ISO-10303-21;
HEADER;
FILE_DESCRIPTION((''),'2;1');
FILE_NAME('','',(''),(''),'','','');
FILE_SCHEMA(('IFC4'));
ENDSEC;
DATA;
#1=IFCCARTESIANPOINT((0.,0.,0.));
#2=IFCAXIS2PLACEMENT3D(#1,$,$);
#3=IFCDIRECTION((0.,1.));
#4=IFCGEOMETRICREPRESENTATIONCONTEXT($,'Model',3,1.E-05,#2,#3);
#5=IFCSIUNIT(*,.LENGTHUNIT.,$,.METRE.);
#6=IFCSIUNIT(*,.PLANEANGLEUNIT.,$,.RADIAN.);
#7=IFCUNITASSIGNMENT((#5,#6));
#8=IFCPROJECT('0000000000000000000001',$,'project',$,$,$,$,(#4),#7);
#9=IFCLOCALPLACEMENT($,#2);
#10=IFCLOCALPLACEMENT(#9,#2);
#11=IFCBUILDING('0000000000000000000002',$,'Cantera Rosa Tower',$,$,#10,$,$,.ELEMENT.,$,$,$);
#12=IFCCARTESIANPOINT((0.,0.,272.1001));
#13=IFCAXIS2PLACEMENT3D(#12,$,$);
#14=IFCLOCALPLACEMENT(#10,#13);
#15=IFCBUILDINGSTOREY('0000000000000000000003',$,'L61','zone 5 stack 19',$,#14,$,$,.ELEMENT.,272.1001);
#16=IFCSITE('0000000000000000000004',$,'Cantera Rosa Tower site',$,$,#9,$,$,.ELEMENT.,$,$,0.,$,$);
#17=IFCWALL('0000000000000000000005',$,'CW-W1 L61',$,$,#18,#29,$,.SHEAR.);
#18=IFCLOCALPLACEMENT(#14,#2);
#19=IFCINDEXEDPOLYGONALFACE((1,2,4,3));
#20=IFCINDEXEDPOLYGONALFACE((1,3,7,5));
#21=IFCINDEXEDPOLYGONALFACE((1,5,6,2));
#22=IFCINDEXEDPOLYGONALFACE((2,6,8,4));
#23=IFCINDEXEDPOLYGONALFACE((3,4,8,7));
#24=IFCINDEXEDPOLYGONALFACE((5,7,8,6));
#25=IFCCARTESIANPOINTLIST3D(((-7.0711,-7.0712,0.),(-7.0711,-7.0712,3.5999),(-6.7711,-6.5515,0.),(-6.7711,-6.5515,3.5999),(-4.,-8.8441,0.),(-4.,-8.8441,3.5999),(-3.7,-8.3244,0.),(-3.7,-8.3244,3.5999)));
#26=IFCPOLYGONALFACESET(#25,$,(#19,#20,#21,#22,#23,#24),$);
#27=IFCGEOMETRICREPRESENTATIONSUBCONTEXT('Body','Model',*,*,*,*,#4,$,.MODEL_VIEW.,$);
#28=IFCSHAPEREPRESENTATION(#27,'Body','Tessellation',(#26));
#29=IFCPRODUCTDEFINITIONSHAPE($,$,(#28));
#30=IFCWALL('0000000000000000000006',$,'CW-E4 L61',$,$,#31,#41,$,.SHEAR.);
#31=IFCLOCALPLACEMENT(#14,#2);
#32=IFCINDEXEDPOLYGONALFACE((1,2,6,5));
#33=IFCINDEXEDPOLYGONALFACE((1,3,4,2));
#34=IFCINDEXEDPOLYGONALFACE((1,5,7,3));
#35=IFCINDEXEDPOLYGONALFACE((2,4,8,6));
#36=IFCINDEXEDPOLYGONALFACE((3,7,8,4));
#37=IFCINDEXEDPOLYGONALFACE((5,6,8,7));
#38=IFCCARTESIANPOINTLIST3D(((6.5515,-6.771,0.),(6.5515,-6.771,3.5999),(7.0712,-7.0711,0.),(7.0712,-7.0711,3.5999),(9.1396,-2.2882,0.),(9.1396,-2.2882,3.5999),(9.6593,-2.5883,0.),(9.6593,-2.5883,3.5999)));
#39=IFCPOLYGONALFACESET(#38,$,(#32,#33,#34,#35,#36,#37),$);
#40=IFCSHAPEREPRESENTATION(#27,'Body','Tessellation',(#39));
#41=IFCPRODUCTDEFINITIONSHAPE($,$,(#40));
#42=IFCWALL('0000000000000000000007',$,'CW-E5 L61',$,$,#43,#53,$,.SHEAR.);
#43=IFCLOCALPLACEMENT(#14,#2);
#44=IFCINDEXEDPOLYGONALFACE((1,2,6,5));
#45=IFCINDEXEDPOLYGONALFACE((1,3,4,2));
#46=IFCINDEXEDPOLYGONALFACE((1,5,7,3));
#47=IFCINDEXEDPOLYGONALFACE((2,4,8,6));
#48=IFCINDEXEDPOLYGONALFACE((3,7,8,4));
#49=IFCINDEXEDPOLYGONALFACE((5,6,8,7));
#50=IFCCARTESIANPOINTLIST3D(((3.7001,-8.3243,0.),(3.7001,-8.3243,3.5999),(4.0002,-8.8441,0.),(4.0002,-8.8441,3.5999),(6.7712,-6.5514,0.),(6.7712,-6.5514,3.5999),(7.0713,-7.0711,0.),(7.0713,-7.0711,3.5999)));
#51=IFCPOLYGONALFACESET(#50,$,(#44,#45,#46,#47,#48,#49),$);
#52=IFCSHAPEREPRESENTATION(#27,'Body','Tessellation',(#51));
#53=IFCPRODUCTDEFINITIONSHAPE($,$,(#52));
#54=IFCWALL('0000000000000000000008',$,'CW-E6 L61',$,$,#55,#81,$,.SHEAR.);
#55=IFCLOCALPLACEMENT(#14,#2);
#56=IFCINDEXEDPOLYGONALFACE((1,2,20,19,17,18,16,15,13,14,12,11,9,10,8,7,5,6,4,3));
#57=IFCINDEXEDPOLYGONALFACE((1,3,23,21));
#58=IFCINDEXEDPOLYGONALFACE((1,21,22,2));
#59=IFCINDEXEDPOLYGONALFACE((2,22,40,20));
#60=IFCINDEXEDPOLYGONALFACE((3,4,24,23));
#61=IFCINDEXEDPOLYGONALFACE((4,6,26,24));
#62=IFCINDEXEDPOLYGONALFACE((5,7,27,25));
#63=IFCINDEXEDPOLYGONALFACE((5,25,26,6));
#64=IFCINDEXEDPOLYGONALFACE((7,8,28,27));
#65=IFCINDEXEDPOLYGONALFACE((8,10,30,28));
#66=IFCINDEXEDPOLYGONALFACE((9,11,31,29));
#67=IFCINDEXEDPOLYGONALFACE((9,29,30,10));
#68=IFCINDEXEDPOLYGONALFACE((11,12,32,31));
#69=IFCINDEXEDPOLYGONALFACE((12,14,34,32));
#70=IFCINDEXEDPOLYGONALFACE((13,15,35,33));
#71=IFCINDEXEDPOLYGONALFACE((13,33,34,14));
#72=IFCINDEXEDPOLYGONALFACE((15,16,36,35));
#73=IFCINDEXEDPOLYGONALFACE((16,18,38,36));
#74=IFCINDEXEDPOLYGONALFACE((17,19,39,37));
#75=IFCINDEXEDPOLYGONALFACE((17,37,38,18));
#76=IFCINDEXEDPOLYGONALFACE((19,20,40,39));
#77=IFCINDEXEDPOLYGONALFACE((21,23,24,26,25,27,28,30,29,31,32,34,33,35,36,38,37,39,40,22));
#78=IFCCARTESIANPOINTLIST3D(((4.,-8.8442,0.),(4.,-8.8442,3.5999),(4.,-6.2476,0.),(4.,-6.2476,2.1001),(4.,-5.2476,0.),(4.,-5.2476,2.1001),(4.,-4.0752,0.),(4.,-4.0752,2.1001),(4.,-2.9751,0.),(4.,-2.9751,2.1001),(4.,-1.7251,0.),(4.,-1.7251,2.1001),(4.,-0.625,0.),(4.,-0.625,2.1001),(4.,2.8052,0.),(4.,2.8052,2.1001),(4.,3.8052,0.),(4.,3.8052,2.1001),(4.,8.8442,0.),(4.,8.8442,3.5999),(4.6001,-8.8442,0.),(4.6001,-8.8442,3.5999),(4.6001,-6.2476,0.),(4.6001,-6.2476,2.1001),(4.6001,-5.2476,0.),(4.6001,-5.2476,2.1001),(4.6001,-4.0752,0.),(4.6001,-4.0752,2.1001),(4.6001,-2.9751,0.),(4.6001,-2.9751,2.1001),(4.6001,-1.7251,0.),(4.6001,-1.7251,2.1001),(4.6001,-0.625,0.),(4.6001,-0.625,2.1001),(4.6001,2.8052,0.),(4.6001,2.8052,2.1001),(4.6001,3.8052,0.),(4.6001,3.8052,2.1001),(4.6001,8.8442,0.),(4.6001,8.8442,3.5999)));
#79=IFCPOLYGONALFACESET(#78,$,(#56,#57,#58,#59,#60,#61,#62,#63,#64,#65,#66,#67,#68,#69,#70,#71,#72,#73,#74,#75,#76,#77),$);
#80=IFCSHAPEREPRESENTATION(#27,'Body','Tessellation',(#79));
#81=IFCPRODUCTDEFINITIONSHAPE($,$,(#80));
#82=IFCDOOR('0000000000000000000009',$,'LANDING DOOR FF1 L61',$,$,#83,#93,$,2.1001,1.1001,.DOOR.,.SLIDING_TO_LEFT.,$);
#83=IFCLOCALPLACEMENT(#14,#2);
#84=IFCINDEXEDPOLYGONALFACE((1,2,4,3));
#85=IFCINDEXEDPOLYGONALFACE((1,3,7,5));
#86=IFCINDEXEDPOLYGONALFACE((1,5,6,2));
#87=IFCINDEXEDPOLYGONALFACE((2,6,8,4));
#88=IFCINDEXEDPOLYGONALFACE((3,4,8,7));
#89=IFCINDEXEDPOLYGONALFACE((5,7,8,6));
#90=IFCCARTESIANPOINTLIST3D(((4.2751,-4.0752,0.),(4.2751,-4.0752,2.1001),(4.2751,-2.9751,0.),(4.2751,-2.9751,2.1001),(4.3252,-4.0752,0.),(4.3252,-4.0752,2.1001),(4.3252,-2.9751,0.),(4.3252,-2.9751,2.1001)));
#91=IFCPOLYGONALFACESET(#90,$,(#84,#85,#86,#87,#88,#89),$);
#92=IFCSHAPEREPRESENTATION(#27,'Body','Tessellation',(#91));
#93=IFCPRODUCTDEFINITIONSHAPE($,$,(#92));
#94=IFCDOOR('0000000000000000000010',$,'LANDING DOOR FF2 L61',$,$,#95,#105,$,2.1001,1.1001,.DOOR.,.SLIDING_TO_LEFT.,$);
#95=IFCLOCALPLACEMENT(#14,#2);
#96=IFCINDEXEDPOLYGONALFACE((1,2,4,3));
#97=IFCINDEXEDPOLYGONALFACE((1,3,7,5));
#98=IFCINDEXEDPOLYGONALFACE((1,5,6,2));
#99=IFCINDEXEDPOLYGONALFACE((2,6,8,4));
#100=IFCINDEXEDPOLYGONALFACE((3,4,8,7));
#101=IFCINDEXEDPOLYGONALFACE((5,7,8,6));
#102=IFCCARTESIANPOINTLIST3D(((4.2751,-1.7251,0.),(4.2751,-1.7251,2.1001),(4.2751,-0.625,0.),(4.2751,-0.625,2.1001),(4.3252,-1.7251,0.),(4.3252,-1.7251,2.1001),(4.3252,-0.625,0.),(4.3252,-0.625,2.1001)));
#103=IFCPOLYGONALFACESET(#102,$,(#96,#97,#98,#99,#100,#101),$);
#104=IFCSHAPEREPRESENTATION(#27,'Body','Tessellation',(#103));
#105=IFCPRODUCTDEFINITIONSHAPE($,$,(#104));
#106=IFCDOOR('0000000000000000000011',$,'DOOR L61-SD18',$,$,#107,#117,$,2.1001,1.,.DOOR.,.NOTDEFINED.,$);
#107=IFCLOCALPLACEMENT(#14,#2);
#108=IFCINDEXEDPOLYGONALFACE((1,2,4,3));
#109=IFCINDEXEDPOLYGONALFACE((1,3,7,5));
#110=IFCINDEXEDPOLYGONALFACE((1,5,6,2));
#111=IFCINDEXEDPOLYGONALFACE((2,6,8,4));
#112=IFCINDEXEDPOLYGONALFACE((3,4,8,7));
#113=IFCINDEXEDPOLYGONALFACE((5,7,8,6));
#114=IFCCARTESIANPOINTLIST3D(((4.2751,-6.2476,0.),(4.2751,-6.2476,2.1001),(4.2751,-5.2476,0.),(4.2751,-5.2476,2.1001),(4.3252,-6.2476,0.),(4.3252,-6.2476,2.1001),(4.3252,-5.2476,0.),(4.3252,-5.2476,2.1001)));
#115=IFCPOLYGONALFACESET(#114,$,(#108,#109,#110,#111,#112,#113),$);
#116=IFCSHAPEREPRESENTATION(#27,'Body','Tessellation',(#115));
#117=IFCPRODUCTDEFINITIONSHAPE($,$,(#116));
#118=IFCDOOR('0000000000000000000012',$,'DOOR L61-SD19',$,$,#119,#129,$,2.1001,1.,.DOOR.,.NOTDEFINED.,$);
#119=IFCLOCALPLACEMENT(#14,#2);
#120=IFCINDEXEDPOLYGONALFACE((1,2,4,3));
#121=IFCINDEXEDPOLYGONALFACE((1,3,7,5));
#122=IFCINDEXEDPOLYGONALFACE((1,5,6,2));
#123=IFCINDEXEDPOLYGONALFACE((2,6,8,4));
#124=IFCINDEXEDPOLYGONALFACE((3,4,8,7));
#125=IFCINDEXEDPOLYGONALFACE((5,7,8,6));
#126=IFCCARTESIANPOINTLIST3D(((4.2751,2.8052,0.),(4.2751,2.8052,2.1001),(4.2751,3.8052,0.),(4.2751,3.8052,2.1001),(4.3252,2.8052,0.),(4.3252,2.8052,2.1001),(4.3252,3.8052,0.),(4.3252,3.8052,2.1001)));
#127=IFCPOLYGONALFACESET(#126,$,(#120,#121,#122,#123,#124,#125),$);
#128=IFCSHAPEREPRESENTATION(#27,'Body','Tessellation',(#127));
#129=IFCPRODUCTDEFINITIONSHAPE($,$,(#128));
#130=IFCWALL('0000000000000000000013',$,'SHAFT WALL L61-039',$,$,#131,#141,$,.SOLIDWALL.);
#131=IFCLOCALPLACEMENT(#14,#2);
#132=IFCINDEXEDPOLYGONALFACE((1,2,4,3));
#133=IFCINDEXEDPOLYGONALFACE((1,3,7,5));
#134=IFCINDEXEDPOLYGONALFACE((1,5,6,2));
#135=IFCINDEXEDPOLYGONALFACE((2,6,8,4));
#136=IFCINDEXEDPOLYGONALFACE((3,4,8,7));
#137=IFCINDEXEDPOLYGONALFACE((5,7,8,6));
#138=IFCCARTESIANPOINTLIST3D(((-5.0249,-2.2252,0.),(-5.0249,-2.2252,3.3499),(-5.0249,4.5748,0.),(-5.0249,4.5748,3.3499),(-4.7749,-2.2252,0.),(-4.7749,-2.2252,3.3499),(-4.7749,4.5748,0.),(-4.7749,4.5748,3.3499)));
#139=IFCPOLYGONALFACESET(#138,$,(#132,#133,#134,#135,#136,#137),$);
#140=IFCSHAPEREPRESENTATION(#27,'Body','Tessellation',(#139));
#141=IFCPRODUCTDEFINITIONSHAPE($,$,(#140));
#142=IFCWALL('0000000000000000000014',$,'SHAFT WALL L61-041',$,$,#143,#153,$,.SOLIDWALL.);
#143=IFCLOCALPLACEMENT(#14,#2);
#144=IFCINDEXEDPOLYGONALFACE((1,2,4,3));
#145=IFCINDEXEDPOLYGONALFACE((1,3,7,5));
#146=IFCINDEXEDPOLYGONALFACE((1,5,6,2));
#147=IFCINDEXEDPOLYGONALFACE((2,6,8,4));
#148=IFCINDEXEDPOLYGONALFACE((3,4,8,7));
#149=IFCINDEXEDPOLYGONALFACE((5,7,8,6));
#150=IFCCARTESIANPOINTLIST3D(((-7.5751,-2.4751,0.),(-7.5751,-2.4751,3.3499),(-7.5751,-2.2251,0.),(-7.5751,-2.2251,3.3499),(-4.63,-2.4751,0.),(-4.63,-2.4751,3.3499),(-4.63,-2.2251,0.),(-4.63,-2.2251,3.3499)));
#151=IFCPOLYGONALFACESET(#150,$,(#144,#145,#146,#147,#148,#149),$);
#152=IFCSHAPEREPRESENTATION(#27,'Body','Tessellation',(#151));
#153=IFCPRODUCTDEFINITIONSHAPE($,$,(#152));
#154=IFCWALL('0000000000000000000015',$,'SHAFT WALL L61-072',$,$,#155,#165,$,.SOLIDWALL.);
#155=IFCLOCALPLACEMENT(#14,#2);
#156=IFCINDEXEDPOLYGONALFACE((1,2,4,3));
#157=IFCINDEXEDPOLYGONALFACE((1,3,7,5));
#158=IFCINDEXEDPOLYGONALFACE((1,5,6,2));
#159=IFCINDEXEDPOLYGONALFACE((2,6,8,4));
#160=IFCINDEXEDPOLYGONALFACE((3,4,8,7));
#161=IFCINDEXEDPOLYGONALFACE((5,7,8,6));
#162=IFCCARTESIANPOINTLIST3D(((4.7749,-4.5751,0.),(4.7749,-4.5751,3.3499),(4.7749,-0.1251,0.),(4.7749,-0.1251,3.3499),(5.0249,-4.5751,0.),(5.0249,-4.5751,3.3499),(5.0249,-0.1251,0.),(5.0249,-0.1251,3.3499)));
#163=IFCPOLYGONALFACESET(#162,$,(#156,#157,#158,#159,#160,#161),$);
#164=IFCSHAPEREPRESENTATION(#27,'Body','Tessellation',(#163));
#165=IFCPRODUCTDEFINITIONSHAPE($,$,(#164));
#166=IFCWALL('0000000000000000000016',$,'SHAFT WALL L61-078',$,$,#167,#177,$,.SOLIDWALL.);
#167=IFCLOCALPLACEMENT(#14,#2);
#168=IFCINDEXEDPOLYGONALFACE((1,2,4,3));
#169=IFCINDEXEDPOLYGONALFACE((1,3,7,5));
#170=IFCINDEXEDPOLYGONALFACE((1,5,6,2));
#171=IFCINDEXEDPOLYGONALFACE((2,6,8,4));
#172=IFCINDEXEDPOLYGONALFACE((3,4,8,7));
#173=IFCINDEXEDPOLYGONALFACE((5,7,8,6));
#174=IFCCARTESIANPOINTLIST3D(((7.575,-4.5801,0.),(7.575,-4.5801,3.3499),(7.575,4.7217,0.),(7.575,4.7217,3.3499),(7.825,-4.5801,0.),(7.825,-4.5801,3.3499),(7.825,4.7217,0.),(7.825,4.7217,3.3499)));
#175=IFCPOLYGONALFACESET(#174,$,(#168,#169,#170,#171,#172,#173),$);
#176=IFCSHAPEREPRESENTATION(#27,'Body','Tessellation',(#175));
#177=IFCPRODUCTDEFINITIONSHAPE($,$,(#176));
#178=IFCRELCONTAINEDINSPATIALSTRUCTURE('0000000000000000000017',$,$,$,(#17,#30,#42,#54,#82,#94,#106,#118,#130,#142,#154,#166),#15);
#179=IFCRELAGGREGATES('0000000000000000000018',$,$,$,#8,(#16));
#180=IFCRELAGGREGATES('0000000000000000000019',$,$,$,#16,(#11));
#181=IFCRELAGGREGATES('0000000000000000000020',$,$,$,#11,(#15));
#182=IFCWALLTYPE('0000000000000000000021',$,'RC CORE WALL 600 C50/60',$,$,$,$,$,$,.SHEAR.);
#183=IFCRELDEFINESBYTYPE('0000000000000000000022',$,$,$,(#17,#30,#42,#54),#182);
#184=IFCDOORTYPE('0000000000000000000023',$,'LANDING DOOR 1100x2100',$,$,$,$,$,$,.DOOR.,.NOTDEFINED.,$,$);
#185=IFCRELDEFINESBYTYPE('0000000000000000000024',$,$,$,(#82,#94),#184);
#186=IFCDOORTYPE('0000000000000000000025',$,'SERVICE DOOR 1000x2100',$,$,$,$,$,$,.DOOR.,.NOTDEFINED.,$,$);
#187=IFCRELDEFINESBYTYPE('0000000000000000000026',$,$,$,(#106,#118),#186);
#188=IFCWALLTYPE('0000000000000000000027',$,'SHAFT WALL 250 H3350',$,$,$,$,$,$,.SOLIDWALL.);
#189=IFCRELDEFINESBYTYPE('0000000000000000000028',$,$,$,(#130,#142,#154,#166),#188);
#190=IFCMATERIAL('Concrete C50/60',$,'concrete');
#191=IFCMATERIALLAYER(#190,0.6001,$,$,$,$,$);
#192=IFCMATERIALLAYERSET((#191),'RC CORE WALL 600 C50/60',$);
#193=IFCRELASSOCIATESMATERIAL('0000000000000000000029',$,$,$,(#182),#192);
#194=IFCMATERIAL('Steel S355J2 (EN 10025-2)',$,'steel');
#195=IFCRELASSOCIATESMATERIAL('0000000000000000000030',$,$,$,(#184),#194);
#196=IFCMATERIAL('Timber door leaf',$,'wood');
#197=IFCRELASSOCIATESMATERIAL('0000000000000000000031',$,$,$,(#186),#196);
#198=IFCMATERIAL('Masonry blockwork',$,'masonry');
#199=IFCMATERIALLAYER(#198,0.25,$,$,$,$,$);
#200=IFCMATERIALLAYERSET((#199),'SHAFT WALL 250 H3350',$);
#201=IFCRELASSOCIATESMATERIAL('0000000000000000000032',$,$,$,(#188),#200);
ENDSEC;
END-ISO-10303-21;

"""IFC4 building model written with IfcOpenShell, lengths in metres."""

from ifc_helpers import new_model, si_unit, direction, frame, frame_2d, origin, place, context, subcontext, project, spatial, rectangle, extrude, material, layer, layer_set, type_object, element, fill, save


model = new_model("IFC4")

# Units and contexts
model_context = context("Model", 3, precision=1e-05, world=origin(), true_north=direction((0.0, 1.0)))
body_context = subcontext(model_context, "Body", "Model", "MODEL_VIEW")
ifc_project = project(units=[si_unit("LENGTHUNIT", "METRE"), si_unit("PLANEANGLEUNIT", "RADIAN")], contexts=[model_context])

# Site, building, storey
site_placement = place(None, origin())
site = spatial("IfcSite", under=ifc_project, at=site_placement, Name="Cantera Rosa Tower site", CompositionType="ELEMENT", RefElevation=0.0)
building_placement = place(site_placement, origin())
building = spatial("IfcBuilding", under=site, at=building_placement, Name="Cantera Rosa Tower", CompositionType="ELEMENT")
storey_placement = place(building_placement, frame((0.0, 0.0, 272.1001)))
storey = spatial("IfcBuildingStorey", under=building, at=storey_placement, Name="L61", Description="zone 5 stack 19", CompositionType="ELEMENT", Elevation=272.1001)

# Walls
ifc_material_1 = material(Name="Concrete C50/60", Category="concrete")
ifc_layer_1 = layer(ifc_material_1, 0.6001)
ifc_layer_set_1 = layer_set([ifc_layer_1], Name="RC CORE WALL 600 C50/60")
wall_type_1 = type_object("IfcWallType", Name="RC CORE WALL 600 C50/60", PredefinedType="SHEAR", material=ifc_layer_set_1)
wall_1_placement = place(storey_placement, frame((-3.8501, -8.5842, 0.0), z_axis=(0.0, 0.0, 1.0), x_axis=(-0.86604, 0.499975, 0.0)))
element("IfcWall", 1, at=wall_1_placement, inside=storey, type_object=wall_type_1, Name="CW-W1 L61", PredefinedType="SHEAR", context=body_context, shape_type="SweptSolid", body=[
    extrude(rectangle(XDim=3.5461, YDim=0.6001, at=frame_2d((1.7729, 0.0))), origin(), (0.0, 0.0, 1.0), 3.5999),
])
wall_2_placement = place(storey_placement, frame((9.3994, -2.4382, 0.0), z_axis=(0.0, 0.0, 1.0), x_axis=(-0.499989, -0.866032, 0.0)))
element("IfcWall", 2, at=wall_2_placement, inside=storey, type_object=wall_type_1, Name="CW-E4 L61", PredefinedType="SHEAR", context=body_context, shape_type="SweptSolid", body=[
    extrude(rectangle(XDim=5.1763, YDim=0.6001, at=frame_2d((2.5881, 0.0))), origin(), (0.0, 0.0, 1.0), 3.5999),
])
wall_3_placement = place(storey_placement, frame((6.9211, -6.8113, 0.0), z_axis=(0.0, 0.0, 1.0), x_axis=(-0.86604, -0.499975, 0.0)))
element("IfcWall", 3, at=wall_3_placement, inside=storey, type_object=wall_type_1, Name="CW-E5 L61", PredefinedType="SHEAR", context=body_context, shape_type="SweptSolid", body=[
    extrude(rectangle(XDim=3.5461, YDim=0.6001, at=frame_2d((1.7729, 0.0))), origin(), (0.0, 0.0, 1.0), 3.5999),
])

# Wall, openings, doors
wall_4_placement = place(storey_placement, frame((4.3, -8.8442, 0.0), z_axis=(0.0, 0.0, 1.0), x_axis=(0.0, 1.0, 0.0)))
wall_4 = element("IfcWall", 4, at=wall_4_placement, inside=storey, type_object=wall_type_1, Name="CW-E6 L61", PredefinedType="SHEAR", context=body_context, shape_type="SweptSolid", body=[
    extrude(rectangle(XDim=17.6885, YDim=0.6001, at=frame_2d((8.8442, 0.0))), origin(), (0.0, 0.0, 1.0), 3.5999),
])
opening_1_placement = place(wall_4_placement, frame((4.769, 0.0, 0.0)))
opening_1 = element("IfcOpeningElement", 5, at=opening_1_placement, cuts=wall_4, PredefinedType="OPENING", context=body_context, shape_type="SweptSolid", body=[
    extrude(rectangle(XDim=1.1001, YDim=2.1001, at=frame_2d((0.55, 1.05))), frame((0.0, 0.3101, 0.0), z_axis=(0.0, -1.0, 0.0), x_axis=(1.0, 0.0, 0.0)), (0.0, 0.0, 1.0), 0.6201),
])
opening_2_placement = place(wall_4_placement, frame((7.1191, 0.0, 0.0)))
opening_2 = element("IfcOpeningElement", 6, at=opening_2_placement, cuts=wall_4, PredefinedType="OPENING", context=body_context, shape_type="SweptSolid", body=[
    extrude(rectangle(XDim=1.1001, YDim=2.1001, at=frame_2d((0.55, 1.05))), frame((0.0, 0.3101, 0.0), z_axis=(0.0, -1.0, 0.0), x_axis=(1.0, 0.0, 0.0)), (0.0, 0.0, 1.0), 0.6201),
])
opening_3_placement = place(wall_4_placement, frame((2.5967, 0.0, 0.0)))
opening_3 = element("IfcOpeningElement", 7, at=opening_3_placement, cuts=wall_4, PredefinedType="OPENING", context=body_context, shape_type="SweptSolid", body=[
    extrude(rectangle(XDim=1.0, YDim=2.1001, at=frame_2d((0.5, 1.05))), frame((0.0, 0.3101, 0.0), z_axis=(0.0, -1.0, 0.0), x_axis=(1.0, 0.0, 0.0)), (0.0, 0.0, 1.0), 0.6201),
])
opening_4_placement = place(wall_4_placement, frame((11.6494, 0.0, 0.0)))
opening_4 = element("IfcOpeningElement", 8, at=opening_4_placement, cuts=wall_4, PredefinedType="OPENING", context=body_context, shape_type="SweptSolid", body=[
    extrude(rectangle(XDim=1.0, YDim=2.1001, at=frame_2d((0.5, 1.05))), frame((0.0, 0.3101, 0.0), z_axis=(0.0, -1.0, 0.0), x_axis=(1.0, 0.0, 0.0)), (0.0, 0.0, 1.0), 0.6201),
])
ifc_material_2 = material(Name="Steel S355J2 (EN 10025-2)", Category="steel")
door_type_1 = type_object("IfcDoorType", Name="LANDING DOOR 1100x2100", OperationType="NOTDEFINED", PredefinedType="DOOR", material=ifc_material_2)
door_1_placement = place(opening_1_placement, origin())
door_1 = element("IfcDoor", 9, at=door_1_placement, inside=storey, type_object=door_type_1, Name="LANDING DOOR FF1 L61", OperationType="SLIDING_TO_LEFT", OverallHeight=2.1001, OverallWidth=1.1001, PredefinedType="DOOR", context=body_context, shape_type="SweptSolid", body=[
    extrude(rectangle(XDim=1.1001, YDim=2.1001, at=frame_2d((0.55, 1.05))), frame((0.0, 0.0249, 0.0), z_axis=(0.0, -1.0, 0.0), x_axis=(1.0, 0.0, 0.0)), (0.0, 0.0, 1.0), 0.05),
])
fill(opening_1, door_1)
door_2_placement = place(opening_2_placement, origin())
door_2 = element("IfcDoor", 10, at=door_2_placement, inside=storey, type_object=door_type_1, Name="LANDING DOOR FF2 L61", OperationType="SLIDING_TO_LEFT", OverallHeight=2.1001, OverallWidth=1.1001, PredefinedType="DOOR", context=body_context, shape_type="SweptSolid", body=[
    extrude(rectangle(XDim=1.1001, YDim=2.1001, at=frame_2d((0.55, 1.05))), frame((0.0, 0.0249, 0.0), z_axis=(0.0, -1.0, 0.0), x_axis=(1.0, 0.0, 0.0)), (0.0, 0.0, 1.0), 0.05),
])
fill(opening_2, door_2)
ifc_material_3 = material(Name="Timber door leaf", Category="wood")
door_type_2 = type_object("IfcDoorType", Name="SERVICE DOOR 1000x2100", OperationType="NOTDEFINED", PredefinedType="DOOR", material=ifc_material_3)
door_3_placement = place(opening_3_placement, origin())
door_3 = element("IfcDoor", 11, at=door_3_placement, inside=storey, type_object=door_type_2, Name="DOOR L61-SD18", OperationType="NOTDEFINED", OverallHeight=2.1001, OverallWidth=1.0, PredefinedType="DOOR", context=body_context, shape_type="SweptSolid", body=[
    extrude(rectangle(XDim=1.0, YDim=2.1001, at=frame_2d((0.5, 1.05))), frame((0.0, 0.0249, 0.0), z_axis=(0.0, -1.0, 0.0), x_axis=(1.0, 0.0, 0.0)), (0.0, 0.0, 1.0), 0.05),
])
fill(opening_3, door_3)
door_4_placement = place(opening_4_placement, origin())
door_4 = element("IfcDoor", 12, at=door_4_placement, inside=storey, type_object=door_type_2, Name="DOOR L61-SD19", OperationType="NOTDEFINED", OverallHeight=2.1001, OverallWidth=1.0, PredefinedType="DOOR", context=body_context, shape_type="SweptSolid", body=[
    extrude(rectangle(XDim=1.0, YDim=2.1001, at=frame_2d((0.5, 1.05))), frame((0.0, 0.0249, 0.0), z_axis=(0.0, -1.0, 0.0), x_axis=(1.0, 0.0, 0.0)), (0.0, 0.0, 1.0), 0.05),
])
fill(opening_4, door_4)

# Walls
ifc_material_4 = material(Name="Masonry blockwork", Category="masonry")
ifc_layer_2 = layer(ifc_material_4, 0.25)
ifc_layer_set_2 = layer_set([ifc_layer_2], Name="SHAFT WALL 250 H3350")
wall_type_2 = type_object("IfcWallType", Name="SHAFT WALL 250 H3350", PredefinedType="SOLIDWALL", material=ifc_layer_set_2)
wall_5_placement = place(storey_placement, frame((-4.8999, -2.2251, 0.0), z_axis=(0.0, 0.0, 1.0), x_axis=(0.0, 1.0, 0.0)))
element("IfcWall", 13, at=wall_5_placement, inside=storey, type_object=wall_type_2, Name="SHAFT WALL L61-039", PredefinedType="SOLIDWALL", context=body_context, shape_type="SweptSolid", body=[
    extrude(rectangle(XDim=6.8, YDim=0.25, at=frame_2d((3.3999, 0.0))), origin(), (0.0, 0.0, 1.0), 3.3499),
])
wall_6_placement = place(storey_placement, frame((-4.6299, -2.3501, 0.0), z_axis=(0.0, 0.0, 1.0), x_axis=(-1.0, 0.0, 0.0)))
element("IfcWall", 14, at=wall_6_placement, inside=storey, type_object=wall_type_2, Name="SHAFT WALL L61-041", PredefinedType="SOLIDWALL", context=body_context, shape_type="SweptSolid", body=[
    extrude(rectangle(XDim=2.9451, YDim=0.25, at=frame_2d((1.4727, 0.0))), origin(), (0.0, 0.0, 1.0), 3.3499),
])
wall_7_placement = place(storey_placement, frame((4.8999, -0.125, 0.0), z_axis=(0.0, 0.0, 1.0), x_axis=(0.0, -1.0, 0.0)))
element("IfcWall", 15, at=wall_7_placement, inside=storey, type_object=wall_type_2, Name="SHAFT WALL L61-072", PredefinedType="SOLIDWALL", context=body_context, shape_type="SweptSolid", body=[
    extrude(rectangle(XDim=4.45, YDim=0.25, at=frame_2d((2.2251, 0.0))), origin(), (0.0, 0.0, 1.0), 3.3499),
])
wall_8_placement = place(storey_placement, frame((7.7, -4.5801, 0.0), z_axis=(0.0, 0.0, 1.0), x_axis=(0.0, 1.0, 0.0)))
element("IfcWall", 16, at=wall_8_placement, inside=storey, type_object=wall_type_2, Name="SHAFT WALL L61-078", PredefinedType="SOLIDWALL", context=body_context, shape_type="SweptSolid", body=[
    extrude(rectangle(XDim=9.3018, YDim=0.25, at=frame_2d((4.6509, 0.0))), origin(), (0.0, 0.0, 1.0), 3.3499),
])

save(model, "model.ifc")
